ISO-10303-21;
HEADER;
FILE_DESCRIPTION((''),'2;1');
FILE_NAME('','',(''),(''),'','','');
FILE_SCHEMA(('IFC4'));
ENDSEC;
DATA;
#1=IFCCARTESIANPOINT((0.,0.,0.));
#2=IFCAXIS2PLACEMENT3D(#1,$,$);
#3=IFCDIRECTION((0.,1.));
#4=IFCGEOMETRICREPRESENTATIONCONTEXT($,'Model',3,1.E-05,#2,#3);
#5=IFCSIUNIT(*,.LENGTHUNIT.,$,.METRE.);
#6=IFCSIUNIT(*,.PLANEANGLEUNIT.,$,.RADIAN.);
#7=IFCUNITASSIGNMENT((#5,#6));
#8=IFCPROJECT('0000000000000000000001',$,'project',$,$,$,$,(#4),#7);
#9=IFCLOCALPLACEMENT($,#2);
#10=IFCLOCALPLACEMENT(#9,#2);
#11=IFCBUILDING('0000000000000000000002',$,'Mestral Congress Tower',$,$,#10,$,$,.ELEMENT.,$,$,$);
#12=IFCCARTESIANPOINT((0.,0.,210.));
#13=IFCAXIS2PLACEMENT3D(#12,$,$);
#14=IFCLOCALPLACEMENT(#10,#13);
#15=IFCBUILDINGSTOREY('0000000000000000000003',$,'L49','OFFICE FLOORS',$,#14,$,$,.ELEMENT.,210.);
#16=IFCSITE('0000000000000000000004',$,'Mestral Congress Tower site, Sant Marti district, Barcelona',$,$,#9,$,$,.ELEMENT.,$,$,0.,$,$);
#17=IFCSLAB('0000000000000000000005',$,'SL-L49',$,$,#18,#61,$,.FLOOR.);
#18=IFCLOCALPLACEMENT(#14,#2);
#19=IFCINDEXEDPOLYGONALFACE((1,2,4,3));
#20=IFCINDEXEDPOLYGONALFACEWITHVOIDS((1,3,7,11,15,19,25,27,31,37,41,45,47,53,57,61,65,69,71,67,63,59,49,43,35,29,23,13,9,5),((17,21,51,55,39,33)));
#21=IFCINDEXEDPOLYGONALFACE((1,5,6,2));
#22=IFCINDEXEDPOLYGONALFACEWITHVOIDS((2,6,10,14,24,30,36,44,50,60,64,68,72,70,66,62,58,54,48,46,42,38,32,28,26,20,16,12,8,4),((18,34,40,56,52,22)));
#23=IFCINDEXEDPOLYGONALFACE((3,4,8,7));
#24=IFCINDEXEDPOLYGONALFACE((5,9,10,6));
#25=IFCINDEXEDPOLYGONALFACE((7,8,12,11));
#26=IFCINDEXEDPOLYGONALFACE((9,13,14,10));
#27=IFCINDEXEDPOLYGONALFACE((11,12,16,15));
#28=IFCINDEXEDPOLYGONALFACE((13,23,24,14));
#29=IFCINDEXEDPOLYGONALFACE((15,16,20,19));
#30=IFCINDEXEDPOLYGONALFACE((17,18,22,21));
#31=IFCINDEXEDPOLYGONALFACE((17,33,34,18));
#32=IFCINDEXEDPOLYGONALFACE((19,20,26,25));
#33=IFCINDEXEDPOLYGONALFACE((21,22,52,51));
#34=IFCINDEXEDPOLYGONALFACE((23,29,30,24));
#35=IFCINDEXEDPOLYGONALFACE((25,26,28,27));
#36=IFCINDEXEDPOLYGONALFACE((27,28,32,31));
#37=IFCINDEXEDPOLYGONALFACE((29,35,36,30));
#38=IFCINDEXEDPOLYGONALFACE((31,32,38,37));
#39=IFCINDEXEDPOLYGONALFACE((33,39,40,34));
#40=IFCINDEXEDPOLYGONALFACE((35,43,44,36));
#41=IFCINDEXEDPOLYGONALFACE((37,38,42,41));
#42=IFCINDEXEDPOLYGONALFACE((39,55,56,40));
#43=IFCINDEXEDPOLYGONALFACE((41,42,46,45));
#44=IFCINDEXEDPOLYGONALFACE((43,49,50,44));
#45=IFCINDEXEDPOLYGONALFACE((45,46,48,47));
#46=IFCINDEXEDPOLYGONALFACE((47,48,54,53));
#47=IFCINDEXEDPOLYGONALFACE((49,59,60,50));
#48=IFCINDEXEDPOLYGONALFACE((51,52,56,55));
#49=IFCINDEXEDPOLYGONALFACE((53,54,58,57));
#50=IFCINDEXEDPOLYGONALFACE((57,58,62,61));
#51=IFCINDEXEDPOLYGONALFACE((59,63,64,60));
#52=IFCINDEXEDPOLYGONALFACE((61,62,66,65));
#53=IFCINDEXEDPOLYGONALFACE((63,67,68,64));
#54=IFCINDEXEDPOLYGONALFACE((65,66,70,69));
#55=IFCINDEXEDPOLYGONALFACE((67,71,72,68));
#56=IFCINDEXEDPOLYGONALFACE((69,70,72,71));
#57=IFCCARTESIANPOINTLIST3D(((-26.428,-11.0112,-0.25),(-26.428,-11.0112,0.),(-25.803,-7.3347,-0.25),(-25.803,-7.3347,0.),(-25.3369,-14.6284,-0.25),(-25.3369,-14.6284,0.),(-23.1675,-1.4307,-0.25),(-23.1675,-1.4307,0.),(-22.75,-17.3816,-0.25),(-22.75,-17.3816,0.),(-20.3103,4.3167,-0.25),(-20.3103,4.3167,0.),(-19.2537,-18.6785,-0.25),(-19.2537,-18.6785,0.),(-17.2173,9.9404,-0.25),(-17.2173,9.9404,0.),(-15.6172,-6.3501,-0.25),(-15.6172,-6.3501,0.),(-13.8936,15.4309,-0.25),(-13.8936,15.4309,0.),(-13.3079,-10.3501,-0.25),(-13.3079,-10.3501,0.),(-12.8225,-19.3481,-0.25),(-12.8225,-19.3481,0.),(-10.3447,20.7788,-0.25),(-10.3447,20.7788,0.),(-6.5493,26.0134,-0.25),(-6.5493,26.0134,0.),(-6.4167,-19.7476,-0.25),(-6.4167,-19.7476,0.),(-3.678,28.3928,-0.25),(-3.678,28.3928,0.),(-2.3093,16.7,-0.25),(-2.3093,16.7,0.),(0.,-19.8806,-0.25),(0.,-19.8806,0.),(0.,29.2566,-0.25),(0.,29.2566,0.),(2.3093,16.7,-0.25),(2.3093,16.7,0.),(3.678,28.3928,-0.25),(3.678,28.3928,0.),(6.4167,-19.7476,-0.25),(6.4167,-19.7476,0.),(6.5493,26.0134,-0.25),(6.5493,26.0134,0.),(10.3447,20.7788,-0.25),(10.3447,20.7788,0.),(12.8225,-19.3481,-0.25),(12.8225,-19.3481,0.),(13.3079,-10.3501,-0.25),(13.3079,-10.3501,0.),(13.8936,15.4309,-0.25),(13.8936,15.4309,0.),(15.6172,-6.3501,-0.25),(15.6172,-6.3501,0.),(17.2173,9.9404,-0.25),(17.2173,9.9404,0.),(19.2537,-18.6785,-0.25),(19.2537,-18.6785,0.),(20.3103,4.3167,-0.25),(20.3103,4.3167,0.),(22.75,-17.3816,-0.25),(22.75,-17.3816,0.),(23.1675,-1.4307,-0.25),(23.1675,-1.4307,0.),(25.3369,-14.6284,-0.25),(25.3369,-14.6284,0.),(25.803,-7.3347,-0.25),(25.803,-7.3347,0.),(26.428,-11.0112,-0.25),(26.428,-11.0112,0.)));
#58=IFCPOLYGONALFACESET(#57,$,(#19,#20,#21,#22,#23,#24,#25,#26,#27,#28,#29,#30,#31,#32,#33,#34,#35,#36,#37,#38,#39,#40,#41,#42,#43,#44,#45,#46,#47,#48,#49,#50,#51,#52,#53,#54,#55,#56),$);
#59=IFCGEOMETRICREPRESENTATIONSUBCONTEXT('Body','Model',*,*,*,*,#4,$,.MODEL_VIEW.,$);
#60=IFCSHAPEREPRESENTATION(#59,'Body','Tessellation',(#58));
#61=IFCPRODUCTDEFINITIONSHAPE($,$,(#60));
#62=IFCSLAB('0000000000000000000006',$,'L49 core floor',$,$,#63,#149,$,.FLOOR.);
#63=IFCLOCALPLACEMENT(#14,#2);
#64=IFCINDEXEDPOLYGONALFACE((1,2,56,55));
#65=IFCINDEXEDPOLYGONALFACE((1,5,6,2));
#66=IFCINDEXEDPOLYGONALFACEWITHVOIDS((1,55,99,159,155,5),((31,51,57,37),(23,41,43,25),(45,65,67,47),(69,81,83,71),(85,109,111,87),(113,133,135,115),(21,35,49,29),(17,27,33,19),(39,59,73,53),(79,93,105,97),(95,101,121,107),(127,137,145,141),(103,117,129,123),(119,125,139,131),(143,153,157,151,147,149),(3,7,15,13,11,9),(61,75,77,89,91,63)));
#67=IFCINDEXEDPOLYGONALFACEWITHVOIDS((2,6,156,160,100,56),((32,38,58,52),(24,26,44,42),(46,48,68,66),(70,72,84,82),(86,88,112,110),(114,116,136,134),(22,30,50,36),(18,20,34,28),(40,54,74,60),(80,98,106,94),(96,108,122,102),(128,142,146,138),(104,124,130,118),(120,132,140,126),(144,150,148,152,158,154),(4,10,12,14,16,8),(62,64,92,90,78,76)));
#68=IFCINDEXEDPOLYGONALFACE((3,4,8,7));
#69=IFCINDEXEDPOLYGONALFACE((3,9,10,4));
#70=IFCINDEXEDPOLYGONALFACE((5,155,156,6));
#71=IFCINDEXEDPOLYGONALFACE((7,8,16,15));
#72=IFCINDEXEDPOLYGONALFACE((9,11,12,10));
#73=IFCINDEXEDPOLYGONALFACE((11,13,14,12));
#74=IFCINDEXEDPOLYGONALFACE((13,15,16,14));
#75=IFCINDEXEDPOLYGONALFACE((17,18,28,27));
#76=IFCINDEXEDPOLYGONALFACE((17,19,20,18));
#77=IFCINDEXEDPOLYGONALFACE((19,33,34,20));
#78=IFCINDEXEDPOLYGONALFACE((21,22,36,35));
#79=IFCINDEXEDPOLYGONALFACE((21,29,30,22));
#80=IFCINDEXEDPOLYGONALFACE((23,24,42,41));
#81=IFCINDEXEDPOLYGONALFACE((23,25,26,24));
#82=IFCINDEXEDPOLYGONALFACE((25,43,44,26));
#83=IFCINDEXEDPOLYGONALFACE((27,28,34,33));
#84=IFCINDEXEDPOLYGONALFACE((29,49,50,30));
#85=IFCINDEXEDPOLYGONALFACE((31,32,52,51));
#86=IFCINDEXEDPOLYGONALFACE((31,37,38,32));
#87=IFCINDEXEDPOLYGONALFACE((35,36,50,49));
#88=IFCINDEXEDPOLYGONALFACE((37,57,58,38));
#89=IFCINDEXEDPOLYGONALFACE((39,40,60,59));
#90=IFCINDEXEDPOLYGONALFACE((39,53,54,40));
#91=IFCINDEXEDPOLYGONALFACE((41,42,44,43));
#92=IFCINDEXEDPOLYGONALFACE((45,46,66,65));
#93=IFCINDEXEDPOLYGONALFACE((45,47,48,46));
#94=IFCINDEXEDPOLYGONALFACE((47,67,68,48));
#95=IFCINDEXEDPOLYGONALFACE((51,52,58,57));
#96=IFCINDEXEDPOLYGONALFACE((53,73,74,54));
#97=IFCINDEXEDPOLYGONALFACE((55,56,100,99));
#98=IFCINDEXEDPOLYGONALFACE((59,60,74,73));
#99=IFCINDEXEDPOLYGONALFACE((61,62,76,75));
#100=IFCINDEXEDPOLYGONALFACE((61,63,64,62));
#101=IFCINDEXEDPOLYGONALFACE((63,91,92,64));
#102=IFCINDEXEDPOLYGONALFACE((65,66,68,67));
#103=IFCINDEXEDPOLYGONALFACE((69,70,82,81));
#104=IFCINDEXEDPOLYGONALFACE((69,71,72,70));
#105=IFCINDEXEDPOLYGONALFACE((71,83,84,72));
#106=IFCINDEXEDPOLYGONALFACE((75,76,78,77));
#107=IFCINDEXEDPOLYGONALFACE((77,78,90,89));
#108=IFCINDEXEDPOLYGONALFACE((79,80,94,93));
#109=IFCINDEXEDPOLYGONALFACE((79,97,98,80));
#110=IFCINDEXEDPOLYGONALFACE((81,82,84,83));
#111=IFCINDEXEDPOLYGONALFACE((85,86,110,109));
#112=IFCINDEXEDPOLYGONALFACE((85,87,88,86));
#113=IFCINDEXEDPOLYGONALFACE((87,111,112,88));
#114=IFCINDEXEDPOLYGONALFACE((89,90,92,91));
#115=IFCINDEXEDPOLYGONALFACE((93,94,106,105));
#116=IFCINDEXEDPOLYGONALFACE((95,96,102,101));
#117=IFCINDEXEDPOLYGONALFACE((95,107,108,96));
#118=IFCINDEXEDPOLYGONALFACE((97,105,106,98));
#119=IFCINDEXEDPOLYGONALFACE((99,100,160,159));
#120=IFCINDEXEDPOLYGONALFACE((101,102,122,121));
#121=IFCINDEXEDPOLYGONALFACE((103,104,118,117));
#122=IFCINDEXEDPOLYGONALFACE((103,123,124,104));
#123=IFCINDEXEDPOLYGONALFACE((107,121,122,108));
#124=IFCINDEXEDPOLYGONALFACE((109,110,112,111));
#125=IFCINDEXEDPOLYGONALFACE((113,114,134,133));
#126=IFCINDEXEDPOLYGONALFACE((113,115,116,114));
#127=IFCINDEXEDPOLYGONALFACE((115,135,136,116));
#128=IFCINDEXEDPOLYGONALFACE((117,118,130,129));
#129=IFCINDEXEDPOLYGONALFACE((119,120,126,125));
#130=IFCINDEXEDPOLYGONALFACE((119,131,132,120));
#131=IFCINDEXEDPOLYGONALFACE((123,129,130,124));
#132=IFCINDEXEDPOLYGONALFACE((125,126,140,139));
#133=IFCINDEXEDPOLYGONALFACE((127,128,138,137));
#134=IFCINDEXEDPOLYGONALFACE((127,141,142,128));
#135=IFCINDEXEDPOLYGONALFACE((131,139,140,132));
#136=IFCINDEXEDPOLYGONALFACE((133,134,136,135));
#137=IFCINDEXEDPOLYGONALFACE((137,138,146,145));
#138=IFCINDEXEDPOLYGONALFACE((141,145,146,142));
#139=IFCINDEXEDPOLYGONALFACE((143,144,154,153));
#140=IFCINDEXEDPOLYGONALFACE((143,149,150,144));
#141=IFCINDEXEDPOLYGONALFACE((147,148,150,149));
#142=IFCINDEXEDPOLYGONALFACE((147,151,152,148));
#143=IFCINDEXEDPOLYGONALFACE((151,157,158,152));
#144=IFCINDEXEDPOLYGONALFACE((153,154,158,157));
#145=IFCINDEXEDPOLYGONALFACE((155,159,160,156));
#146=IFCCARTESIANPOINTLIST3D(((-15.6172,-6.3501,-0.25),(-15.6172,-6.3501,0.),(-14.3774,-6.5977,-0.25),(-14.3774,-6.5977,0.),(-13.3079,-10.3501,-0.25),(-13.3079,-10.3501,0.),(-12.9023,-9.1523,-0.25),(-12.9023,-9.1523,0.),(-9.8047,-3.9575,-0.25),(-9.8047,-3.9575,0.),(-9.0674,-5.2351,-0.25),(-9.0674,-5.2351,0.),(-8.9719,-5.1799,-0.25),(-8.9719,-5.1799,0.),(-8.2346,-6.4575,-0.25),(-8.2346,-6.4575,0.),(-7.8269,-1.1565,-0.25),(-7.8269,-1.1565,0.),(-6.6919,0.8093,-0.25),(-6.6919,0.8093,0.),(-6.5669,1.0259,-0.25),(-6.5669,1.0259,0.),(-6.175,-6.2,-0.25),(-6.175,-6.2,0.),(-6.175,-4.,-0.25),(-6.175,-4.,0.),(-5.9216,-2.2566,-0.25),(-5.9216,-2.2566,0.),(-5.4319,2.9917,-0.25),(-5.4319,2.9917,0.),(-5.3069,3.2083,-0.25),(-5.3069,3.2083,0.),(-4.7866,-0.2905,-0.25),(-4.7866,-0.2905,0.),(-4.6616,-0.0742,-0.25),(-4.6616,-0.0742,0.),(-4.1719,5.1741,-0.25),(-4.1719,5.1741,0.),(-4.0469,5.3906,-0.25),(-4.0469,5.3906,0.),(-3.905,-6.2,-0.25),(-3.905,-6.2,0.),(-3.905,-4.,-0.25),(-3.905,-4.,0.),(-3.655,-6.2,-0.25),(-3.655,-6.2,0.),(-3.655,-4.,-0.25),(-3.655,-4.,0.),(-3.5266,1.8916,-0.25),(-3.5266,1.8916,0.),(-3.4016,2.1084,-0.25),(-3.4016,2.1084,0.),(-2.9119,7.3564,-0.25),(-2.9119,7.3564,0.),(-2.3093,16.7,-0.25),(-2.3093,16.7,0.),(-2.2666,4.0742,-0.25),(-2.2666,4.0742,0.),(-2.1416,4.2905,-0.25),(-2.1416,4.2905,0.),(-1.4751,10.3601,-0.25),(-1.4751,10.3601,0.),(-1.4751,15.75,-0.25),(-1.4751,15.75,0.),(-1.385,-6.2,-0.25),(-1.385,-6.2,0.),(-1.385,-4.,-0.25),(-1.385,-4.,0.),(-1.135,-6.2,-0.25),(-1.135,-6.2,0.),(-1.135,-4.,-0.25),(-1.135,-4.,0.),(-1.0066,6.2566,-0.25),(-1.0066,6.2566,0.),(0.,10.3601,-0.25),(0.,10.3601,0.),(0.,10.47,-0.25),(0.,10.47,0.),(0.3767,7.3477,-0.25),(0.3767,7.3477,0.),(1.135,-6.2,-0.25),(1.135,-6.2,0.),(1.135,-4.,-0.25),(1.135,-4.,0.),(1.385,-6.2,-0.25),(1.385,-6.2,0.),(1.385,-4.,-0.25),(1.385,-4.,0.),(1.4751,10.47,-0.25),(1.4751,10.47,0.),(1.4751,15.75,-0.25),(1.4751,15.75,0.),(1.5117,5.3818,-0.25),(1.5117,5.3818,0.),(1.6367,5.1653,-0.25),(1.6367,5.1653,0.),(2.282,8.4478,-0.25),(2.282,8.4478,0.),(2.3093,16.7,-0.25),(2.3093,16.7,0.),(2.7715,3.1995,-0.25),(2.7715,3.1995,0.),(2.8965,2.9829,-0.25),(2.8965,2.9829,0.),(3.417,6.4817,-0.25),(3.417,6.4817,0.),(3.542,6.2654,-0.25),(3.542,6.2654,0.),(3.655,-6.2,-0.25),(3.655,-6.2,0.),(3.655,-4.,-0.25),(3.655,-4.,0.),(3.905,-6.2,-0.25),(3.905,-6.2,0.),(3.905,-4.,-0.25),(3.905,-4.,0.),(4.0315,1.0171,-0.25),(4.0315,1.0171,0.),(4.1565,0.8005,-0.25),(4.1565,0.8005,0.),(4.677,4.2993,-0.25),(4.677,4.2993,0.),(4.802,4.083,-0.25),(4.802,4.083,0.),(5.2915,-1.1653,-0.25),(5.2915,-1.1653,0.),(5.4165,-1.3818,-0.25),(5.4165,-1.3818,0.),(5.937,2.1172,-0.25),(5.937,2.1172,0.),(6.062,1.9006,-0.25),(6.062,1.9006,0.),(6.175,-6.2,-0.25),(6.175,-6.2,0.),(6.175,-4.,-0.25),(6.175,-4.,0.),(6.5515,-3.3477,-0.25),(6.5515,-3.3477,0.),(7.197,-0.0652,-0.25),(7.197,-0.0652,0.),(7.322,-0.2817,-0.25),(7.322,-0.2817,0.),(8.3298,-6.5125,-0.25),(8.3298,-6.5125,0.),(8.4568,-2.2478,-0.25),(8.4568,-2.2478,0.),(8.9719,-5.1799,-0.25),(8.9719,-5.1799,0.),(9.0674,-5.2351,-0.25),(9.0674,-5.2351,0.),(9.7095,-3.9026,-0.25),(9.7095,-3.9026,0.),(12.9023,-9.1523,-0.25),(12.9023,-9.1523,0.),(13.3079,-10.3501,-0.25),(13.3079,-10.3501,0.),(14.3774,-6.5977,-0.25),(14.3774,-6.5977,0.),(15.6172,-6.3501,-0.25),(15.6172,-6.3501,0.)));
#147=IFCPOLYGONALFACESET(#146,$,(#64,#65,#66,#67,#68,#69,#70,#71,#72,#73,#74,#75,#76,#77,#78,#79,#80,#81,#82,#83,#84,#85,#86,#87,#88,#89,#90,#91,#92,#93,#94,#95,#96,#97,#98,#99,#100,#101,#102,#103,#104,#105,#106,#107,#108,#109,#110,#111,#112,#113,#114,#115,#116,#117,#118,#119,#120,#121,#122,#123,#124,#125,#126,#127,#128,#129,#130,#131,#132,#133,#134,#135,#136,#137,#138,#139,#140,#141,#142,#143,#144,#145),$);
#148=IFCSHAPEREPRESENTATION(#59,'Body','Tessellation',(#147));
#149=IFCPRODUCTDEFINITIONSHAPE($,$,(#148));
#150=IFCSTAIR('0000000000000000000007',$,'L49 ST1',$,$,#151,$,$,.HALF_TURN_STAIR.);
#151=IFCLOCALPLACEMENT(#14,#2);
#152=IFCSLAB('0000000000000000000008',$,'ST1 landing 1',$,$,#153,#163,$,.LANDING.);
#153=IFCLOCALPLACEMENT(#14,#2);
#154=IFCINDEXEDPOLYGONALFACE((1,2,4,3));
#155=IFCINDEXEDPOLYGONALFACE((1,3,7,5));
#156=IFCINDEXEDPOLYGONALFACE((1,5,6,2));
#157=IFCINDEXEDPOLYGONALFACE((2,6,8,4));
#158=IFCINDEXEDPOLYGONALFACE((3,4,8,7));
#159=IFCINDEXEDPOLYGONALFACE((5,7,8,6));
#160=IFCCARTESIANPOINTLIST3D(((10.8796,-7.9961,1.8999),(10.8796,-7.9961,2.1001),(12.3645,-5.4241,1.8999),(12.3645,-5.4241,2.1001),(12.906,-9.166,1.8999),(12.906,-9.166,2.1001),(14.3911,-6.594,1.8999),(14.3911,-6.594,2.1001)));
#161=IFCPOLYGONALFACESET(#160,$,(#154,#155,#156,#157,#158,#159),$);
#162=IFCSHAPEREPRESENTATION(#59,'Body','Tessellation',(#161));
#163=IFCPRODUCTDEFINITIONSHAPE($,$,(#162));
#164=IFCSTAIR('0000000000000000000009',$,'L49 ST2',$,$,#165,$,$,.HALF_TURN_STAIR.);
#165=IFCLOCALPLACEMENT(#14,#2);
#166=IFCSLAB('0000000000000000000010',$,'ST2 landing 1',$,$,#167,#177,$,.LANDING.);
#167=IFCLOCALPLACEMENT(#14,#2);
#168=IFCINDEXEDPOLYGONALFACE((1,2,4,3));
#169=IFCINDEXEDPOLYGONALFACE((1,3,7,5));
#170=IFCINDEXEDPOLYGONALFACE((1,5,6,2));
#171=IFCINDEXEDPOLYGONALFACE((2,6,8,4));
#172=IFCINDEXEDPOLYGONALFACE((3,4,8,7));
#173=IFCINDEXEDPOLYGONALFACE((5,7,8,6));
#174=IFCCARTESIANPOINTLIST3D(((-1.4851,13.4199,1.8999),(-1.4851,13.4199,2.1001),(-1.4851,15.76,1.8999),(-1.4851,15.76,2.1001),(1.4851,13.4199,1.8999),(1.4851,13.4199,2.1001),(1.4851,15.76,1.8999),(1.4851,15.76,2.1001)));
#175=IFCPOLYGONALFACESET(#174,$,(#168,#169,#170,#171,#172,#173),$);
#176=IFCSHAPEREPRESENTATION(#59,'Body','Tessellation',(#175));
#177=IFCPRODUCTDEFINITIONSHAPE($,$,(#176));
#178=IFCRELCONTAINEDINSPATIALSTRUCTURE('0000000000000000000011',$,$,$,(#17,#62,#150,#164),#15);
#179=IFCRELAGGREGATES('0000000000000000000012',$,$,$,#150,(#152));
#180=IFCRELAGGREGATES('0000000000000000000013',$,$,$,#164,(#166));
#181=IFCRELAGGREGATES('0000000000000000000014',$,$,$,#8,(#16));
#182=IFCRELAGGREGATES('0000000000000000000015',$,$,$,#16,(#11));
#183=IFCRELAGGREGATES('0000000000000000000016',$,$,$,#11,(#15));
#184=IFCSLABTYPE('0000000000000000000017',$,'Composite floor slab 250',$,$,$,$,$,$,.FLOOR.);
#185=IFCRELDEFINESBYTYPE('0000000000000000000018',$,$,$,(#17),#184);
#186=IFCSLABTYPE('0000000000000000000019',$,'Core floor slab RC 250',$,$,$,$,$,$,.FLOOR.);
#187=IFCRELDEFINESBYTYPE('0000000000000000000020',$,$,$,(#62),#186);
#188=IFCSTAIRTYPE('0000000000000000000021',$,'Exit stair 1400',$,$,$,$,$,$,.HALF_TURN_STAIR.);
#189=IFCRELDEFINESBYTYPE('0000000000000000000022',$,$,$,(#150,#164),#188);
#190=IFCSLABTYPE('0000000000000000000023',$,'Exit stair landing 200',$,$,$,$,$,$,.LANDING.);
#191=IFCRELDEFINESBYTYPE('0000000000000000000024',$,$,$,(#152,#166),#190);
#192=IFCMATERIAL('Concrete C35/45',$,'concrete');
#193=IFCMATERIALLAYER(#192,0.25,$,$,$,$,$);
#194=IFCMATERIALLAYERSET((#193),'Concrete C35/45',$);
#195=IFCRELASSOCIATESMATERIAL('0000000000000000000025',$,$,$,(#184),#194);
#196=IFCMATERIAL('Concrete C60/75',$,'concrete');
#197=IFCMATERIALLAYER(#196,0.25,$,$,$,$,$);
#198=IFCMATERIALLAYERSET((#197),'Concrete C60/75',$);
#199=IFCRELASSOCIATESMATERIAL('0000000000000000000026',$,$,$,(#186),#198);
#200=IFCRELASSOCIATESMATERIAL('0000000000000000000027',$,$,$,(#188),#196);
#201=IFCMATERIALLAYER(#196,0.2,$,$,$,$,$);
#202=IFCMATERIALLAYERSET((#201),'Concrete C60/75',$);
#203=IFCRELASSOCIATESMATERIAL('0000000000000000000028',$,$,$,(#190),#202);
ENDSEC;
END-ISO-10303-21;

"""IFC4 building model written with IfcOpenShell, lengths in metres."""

from ifc_helpers import new_model, si_unit, direction, frame, origin, place, context, subcontext, project, spatial, polyline, outline, extrude, material, layer, layer_set, type_object, element, aggregate, save


model = new_model("IFC4")

# Units and contexts
model_context = context("Model", 3, precision=1e-05, world=origin(), true_north=direction((0.0, 1.0)))
body_context = subcontext(model_context, "Body", "Model", "MODEL_VIEW")
ifc_project = project(units=[si_unit("LENGTHUNIT", "METRE"), si_unit("PLANEANGLEUNIT", "RADIAN")], contexts=[model_context])

# Site, building, storey
site_placement = place(None, origin())
site = spatial("IfcSite", under=ifc_project, at=site_placement, Name="Mestral Congress Tower site, Sant Marti district, Barcelona", CompositionType="ELEMENT", RefElevation=0.0)
building_placement = place(site_placement, origin())
building = spatial("IfcBuilding", under=site, at=building_placement, Name="Mestral Congress Tower", CompositionType="ELEMENT")
storey_placement = place(building_placement, frame((0.0, 0.0, 210.0)))
storey = spatial("IfcBuildingStorey", under=building, at=storey_placement, Name="L49", Description="OFFICE FLOORS", CompositionType="ELEMENT", Elevation=210.0)

# Slabs
ifc_material_1 = material(Name="Concrete C35/45", Category="concrete")
ifc_layer_1 = layer(ifc_material_1, 0.25)
ifc_layer_set_1 = layer_set([ifc_layer_1], Name="Concrete C35/45")
slab_type_1 = type_object("IfcSlabType", Name="Composite floor slab 250", PredefinedType="FLOOR", material=ifc_layer_set_1)
placement_1 = place(storey_placement, frame((0.0, 0.0, -0.25)))
element("IfcSlab", 1, at=placement_1, inside=storey, type_object=slab_type_1, Name="SL-L49", PredefinedType="FLOOR", context=body_context, shape_type="SweptSolid", body=[
    extrude(outline(polyline([(-19.2537, -18.6785), (-22.75, -17.3816), (-25.3369, -14.6284), (-26.428, -11.0112), (-25.803, -7.3347), (-23.1675, -1.4307), (-20.3103, 4.3167), (-17.2173, 9.9404), (-13.8936, 15.4309), (-10.3447, 20.7788), (-6.5493, 26.0134), (-3.678, 28.3928), (0.0, 29.2566), (3.678, 28.3928), (6.5493, 26.0134), (10.3447, 20.7788), (13.8936, 15.4309), (17.2173, 9.9404), (20.3103, 4.3167), (23.1675, -1.4307), (25.803, -7.3347), (26.428, -11.0112), (25.3369, -14.6284), (22.75, -17.3816), (19.2537, -18.6785), (12.8225, -19.3481), (6.4167, -19.7476), (0.0, -19.8806), (-6.4167, -19.7476), (-12.8225, -19.3481), (-19.2537, -18.6785)]), holes=[polyline([(-2.3093, 16.7), (-15.6172, -6.3501), (-13.3079, -10.3501), (13.3079, -10.3501), (15.6172, -6.3501), (2.3093, 16.7), (-2.3093, 16.7)])]), origin(), (0.0, 0.0, 1.0), 0.25),
])
ifc_material_2 = material(Name="Concrete C60/75", Category="concrete")
ifc_layer_2 = layer(ifc_material_2, 0.25)
ifc_layer_set_2 = layer_set([ifc_layer_2], Name="Concrete C60/75")
slab_type_2 = type_object("IfcSlabType", Name="Core floor slab RC 250", PredefinedType="FLOOR", material=ifc_layer_set_2)
element("IfcSlab", 2, at=placement_1, inside=storey, type_object=slab_type_2, Name="L49 core floor", PredefinedType="FLOOR", context=body_context, shape_type="SweptSolid", body=[
    extrude(outline(polyline([(13.3079, -10.3501), (-13.3079, -10.3501), (-15.6172, -6.3501), (-2.3093, 16.7), (2.3093, 16.7), (15.6172, -6.3501), (13.3079, -10.3501)]), holes=[polyline([(-9.8047, -3.9575), (-14.3774, -6.5977), (-12.9023, -9.1523), (-8.2346, -6.4575), (-8.9719, -5.1799), (-9.0674, -5.2351), (-9.8047, -3.9575)]), polyline([(-3.905, -4.0), (-6.175, -4.0), (-6.175, -6.2), (-3.905, -6.2), (-3.905, -4.0)]), polyline([(-1.385, -4.0), (-3.655, -4.0), (-3.655, -6.2), (-1.385, -6.2), (-1.385, -4.0)]), polyline([(1.135, -4.0), (-1.135, -4.0), (-1.135, -6.2), (1.135, -6.2), (1.135, -4.0)]), polyline([(-5.9216, -2.2566), (-4.7866, -0.2905), (-6.6919, 0.8093), (-7.8269, -1.1565), (-5.9216, -2.2566)]), polyline([(-4.6616, -0.0742), (-3.5266, 1.8916), (-5.4319, 2.9917), (-6.5669, 1.0259), (-4.6616, -0.0742)]), polyline([(-3.4016, 2.1084), (-2.2666, 4.0742), (-4.1719, 5.1741), (-5.3069, 3.2083), (-3.4016, 2.1084)]), polyline([(-2.1416, 4.2905), (-1.0066, 6.2566), (-2.9119, 7.3564), (-4.0469, 5.3906), (-2.1416, 4.2905)]), polyline([(1.4751, 10.47), (1.4751, 15.75), (-1.4751, 15.75), (-1.4751, 10.3601), (0.0, 10.3601), (0.0, 10.47), (1.4751, 10.47)]), polyline([(8.3298, -6.5125), (12.9023, -9.1523), (14.3774, -6.5977), (9.7095, -3.9026), (8.9719, -5.1799), (9.0674, -5.2351), (8.3298, -6.5125)]), polyline([(3.655, -4.0), (1.385, -4.0), (1.385, -6.2), (3.655, -6.2), (3.655, -4.0)]), polyline([(6.175, -4.0), (3.905, -4.0), (3.905, -6.2), (6.175, -6.2), (6.175, -4.0)]), polyline([(5.4165, -1.3818), (6.5515, -3.3477), (8.4568, -2.2478), (7.322, -0.2817), (5.4165, -1.3818)]), polyline([(4.1565, 0.8005), (5.2915, -1.1653), (7.197, -0.0652), (6.062, 1.9006), (4.1565, 0.8005)]), polyline([(2.8965, 2.9829), (4.0315, 1.0171), (5.937, 2.1172), (4.802, 4.083), (2.8965, 2.9829)]), polyline([(3.542, 6.2654), (1.6367, 5.1653), (2.7715, 3.1995), (4.677, 4.2993), (3.542, 6.2654)]), polyline([(2.282, 8.4478), (0.3767, 7.3477), (1.5117, 5.3818), (3.417, 6.4817), (2.282, 8.4478)])]), origin(), (0.0, 0.0, 1.0), 0.25),
])

# Stairs, slabs
stair_type = type_object("IfcStairType", Name="Exit stair 1400", PredefinedType="HALF_TURN_STAIR", material=ifc_material_2)
placement_2 = place(storey_placement, origin())
stair_1 = element("IfcStair", 3, at=placement_2, inside=storey, type_object=stair_type, Name="L49 ST1", PredefinedType="HALF_TURN_STAIR")
ifc_layer_3 = layer(ifc_material_2, 0.2)
ifc_layer_set_3 = layer_set([ifc_layer_3], Name="Concrete C60/75")
slab_type_3 = type_object("IfcSlabType", Name="Exit stair landing 200", PredefinedType="LANDING", material=ifc_layer_set_3)
placement_3 = place(storey_placement, frame((0.0, 0.0, 1.8999)))
slab_1 = element("IfcSlab", 4, at=placement_3, type_object=slab_type_3, Name="ST1 landing 1", PredefinedType="LANDING", context=body_context, shape_type="SweptSolid", body=[
    extrude(outline(polyline([(10.8796, -7.9961), (12.3645, -5.4241), (14.3911, -6.594), (12.906, -9.166), (10.8796, -7.9961)])), origin(), (0.0, 0.0, 1.0), 0.2002),
])
aggregate(stair_1, [slab_1])
stair_2 = element("IfcStair", 5, at=placement_2, inside=storey, type_object=stair_type, Name="L49 ST2", PredefinedType="HALF_TURN_STAIR")
slab_2 = element("IfcSlab", 6, at=placement_3, type_object=slab_type_3, Name="ST2 landing 1", PredefinedType="LANDING", context=body_context, shape_type="SweptSolid", body=[
    extrude(outline(polyline([(1.4851, 13.4199), (-1.4851, 13.4199), (-1.4851, 15.76), (1.4851, 15.76), (1.4851, 13.4199)])), origin(), (0.0, 0.0, 1.0), 0.2002),
])
aggregate(stair_2, [slab_2])

save(model, "model.ifc")
